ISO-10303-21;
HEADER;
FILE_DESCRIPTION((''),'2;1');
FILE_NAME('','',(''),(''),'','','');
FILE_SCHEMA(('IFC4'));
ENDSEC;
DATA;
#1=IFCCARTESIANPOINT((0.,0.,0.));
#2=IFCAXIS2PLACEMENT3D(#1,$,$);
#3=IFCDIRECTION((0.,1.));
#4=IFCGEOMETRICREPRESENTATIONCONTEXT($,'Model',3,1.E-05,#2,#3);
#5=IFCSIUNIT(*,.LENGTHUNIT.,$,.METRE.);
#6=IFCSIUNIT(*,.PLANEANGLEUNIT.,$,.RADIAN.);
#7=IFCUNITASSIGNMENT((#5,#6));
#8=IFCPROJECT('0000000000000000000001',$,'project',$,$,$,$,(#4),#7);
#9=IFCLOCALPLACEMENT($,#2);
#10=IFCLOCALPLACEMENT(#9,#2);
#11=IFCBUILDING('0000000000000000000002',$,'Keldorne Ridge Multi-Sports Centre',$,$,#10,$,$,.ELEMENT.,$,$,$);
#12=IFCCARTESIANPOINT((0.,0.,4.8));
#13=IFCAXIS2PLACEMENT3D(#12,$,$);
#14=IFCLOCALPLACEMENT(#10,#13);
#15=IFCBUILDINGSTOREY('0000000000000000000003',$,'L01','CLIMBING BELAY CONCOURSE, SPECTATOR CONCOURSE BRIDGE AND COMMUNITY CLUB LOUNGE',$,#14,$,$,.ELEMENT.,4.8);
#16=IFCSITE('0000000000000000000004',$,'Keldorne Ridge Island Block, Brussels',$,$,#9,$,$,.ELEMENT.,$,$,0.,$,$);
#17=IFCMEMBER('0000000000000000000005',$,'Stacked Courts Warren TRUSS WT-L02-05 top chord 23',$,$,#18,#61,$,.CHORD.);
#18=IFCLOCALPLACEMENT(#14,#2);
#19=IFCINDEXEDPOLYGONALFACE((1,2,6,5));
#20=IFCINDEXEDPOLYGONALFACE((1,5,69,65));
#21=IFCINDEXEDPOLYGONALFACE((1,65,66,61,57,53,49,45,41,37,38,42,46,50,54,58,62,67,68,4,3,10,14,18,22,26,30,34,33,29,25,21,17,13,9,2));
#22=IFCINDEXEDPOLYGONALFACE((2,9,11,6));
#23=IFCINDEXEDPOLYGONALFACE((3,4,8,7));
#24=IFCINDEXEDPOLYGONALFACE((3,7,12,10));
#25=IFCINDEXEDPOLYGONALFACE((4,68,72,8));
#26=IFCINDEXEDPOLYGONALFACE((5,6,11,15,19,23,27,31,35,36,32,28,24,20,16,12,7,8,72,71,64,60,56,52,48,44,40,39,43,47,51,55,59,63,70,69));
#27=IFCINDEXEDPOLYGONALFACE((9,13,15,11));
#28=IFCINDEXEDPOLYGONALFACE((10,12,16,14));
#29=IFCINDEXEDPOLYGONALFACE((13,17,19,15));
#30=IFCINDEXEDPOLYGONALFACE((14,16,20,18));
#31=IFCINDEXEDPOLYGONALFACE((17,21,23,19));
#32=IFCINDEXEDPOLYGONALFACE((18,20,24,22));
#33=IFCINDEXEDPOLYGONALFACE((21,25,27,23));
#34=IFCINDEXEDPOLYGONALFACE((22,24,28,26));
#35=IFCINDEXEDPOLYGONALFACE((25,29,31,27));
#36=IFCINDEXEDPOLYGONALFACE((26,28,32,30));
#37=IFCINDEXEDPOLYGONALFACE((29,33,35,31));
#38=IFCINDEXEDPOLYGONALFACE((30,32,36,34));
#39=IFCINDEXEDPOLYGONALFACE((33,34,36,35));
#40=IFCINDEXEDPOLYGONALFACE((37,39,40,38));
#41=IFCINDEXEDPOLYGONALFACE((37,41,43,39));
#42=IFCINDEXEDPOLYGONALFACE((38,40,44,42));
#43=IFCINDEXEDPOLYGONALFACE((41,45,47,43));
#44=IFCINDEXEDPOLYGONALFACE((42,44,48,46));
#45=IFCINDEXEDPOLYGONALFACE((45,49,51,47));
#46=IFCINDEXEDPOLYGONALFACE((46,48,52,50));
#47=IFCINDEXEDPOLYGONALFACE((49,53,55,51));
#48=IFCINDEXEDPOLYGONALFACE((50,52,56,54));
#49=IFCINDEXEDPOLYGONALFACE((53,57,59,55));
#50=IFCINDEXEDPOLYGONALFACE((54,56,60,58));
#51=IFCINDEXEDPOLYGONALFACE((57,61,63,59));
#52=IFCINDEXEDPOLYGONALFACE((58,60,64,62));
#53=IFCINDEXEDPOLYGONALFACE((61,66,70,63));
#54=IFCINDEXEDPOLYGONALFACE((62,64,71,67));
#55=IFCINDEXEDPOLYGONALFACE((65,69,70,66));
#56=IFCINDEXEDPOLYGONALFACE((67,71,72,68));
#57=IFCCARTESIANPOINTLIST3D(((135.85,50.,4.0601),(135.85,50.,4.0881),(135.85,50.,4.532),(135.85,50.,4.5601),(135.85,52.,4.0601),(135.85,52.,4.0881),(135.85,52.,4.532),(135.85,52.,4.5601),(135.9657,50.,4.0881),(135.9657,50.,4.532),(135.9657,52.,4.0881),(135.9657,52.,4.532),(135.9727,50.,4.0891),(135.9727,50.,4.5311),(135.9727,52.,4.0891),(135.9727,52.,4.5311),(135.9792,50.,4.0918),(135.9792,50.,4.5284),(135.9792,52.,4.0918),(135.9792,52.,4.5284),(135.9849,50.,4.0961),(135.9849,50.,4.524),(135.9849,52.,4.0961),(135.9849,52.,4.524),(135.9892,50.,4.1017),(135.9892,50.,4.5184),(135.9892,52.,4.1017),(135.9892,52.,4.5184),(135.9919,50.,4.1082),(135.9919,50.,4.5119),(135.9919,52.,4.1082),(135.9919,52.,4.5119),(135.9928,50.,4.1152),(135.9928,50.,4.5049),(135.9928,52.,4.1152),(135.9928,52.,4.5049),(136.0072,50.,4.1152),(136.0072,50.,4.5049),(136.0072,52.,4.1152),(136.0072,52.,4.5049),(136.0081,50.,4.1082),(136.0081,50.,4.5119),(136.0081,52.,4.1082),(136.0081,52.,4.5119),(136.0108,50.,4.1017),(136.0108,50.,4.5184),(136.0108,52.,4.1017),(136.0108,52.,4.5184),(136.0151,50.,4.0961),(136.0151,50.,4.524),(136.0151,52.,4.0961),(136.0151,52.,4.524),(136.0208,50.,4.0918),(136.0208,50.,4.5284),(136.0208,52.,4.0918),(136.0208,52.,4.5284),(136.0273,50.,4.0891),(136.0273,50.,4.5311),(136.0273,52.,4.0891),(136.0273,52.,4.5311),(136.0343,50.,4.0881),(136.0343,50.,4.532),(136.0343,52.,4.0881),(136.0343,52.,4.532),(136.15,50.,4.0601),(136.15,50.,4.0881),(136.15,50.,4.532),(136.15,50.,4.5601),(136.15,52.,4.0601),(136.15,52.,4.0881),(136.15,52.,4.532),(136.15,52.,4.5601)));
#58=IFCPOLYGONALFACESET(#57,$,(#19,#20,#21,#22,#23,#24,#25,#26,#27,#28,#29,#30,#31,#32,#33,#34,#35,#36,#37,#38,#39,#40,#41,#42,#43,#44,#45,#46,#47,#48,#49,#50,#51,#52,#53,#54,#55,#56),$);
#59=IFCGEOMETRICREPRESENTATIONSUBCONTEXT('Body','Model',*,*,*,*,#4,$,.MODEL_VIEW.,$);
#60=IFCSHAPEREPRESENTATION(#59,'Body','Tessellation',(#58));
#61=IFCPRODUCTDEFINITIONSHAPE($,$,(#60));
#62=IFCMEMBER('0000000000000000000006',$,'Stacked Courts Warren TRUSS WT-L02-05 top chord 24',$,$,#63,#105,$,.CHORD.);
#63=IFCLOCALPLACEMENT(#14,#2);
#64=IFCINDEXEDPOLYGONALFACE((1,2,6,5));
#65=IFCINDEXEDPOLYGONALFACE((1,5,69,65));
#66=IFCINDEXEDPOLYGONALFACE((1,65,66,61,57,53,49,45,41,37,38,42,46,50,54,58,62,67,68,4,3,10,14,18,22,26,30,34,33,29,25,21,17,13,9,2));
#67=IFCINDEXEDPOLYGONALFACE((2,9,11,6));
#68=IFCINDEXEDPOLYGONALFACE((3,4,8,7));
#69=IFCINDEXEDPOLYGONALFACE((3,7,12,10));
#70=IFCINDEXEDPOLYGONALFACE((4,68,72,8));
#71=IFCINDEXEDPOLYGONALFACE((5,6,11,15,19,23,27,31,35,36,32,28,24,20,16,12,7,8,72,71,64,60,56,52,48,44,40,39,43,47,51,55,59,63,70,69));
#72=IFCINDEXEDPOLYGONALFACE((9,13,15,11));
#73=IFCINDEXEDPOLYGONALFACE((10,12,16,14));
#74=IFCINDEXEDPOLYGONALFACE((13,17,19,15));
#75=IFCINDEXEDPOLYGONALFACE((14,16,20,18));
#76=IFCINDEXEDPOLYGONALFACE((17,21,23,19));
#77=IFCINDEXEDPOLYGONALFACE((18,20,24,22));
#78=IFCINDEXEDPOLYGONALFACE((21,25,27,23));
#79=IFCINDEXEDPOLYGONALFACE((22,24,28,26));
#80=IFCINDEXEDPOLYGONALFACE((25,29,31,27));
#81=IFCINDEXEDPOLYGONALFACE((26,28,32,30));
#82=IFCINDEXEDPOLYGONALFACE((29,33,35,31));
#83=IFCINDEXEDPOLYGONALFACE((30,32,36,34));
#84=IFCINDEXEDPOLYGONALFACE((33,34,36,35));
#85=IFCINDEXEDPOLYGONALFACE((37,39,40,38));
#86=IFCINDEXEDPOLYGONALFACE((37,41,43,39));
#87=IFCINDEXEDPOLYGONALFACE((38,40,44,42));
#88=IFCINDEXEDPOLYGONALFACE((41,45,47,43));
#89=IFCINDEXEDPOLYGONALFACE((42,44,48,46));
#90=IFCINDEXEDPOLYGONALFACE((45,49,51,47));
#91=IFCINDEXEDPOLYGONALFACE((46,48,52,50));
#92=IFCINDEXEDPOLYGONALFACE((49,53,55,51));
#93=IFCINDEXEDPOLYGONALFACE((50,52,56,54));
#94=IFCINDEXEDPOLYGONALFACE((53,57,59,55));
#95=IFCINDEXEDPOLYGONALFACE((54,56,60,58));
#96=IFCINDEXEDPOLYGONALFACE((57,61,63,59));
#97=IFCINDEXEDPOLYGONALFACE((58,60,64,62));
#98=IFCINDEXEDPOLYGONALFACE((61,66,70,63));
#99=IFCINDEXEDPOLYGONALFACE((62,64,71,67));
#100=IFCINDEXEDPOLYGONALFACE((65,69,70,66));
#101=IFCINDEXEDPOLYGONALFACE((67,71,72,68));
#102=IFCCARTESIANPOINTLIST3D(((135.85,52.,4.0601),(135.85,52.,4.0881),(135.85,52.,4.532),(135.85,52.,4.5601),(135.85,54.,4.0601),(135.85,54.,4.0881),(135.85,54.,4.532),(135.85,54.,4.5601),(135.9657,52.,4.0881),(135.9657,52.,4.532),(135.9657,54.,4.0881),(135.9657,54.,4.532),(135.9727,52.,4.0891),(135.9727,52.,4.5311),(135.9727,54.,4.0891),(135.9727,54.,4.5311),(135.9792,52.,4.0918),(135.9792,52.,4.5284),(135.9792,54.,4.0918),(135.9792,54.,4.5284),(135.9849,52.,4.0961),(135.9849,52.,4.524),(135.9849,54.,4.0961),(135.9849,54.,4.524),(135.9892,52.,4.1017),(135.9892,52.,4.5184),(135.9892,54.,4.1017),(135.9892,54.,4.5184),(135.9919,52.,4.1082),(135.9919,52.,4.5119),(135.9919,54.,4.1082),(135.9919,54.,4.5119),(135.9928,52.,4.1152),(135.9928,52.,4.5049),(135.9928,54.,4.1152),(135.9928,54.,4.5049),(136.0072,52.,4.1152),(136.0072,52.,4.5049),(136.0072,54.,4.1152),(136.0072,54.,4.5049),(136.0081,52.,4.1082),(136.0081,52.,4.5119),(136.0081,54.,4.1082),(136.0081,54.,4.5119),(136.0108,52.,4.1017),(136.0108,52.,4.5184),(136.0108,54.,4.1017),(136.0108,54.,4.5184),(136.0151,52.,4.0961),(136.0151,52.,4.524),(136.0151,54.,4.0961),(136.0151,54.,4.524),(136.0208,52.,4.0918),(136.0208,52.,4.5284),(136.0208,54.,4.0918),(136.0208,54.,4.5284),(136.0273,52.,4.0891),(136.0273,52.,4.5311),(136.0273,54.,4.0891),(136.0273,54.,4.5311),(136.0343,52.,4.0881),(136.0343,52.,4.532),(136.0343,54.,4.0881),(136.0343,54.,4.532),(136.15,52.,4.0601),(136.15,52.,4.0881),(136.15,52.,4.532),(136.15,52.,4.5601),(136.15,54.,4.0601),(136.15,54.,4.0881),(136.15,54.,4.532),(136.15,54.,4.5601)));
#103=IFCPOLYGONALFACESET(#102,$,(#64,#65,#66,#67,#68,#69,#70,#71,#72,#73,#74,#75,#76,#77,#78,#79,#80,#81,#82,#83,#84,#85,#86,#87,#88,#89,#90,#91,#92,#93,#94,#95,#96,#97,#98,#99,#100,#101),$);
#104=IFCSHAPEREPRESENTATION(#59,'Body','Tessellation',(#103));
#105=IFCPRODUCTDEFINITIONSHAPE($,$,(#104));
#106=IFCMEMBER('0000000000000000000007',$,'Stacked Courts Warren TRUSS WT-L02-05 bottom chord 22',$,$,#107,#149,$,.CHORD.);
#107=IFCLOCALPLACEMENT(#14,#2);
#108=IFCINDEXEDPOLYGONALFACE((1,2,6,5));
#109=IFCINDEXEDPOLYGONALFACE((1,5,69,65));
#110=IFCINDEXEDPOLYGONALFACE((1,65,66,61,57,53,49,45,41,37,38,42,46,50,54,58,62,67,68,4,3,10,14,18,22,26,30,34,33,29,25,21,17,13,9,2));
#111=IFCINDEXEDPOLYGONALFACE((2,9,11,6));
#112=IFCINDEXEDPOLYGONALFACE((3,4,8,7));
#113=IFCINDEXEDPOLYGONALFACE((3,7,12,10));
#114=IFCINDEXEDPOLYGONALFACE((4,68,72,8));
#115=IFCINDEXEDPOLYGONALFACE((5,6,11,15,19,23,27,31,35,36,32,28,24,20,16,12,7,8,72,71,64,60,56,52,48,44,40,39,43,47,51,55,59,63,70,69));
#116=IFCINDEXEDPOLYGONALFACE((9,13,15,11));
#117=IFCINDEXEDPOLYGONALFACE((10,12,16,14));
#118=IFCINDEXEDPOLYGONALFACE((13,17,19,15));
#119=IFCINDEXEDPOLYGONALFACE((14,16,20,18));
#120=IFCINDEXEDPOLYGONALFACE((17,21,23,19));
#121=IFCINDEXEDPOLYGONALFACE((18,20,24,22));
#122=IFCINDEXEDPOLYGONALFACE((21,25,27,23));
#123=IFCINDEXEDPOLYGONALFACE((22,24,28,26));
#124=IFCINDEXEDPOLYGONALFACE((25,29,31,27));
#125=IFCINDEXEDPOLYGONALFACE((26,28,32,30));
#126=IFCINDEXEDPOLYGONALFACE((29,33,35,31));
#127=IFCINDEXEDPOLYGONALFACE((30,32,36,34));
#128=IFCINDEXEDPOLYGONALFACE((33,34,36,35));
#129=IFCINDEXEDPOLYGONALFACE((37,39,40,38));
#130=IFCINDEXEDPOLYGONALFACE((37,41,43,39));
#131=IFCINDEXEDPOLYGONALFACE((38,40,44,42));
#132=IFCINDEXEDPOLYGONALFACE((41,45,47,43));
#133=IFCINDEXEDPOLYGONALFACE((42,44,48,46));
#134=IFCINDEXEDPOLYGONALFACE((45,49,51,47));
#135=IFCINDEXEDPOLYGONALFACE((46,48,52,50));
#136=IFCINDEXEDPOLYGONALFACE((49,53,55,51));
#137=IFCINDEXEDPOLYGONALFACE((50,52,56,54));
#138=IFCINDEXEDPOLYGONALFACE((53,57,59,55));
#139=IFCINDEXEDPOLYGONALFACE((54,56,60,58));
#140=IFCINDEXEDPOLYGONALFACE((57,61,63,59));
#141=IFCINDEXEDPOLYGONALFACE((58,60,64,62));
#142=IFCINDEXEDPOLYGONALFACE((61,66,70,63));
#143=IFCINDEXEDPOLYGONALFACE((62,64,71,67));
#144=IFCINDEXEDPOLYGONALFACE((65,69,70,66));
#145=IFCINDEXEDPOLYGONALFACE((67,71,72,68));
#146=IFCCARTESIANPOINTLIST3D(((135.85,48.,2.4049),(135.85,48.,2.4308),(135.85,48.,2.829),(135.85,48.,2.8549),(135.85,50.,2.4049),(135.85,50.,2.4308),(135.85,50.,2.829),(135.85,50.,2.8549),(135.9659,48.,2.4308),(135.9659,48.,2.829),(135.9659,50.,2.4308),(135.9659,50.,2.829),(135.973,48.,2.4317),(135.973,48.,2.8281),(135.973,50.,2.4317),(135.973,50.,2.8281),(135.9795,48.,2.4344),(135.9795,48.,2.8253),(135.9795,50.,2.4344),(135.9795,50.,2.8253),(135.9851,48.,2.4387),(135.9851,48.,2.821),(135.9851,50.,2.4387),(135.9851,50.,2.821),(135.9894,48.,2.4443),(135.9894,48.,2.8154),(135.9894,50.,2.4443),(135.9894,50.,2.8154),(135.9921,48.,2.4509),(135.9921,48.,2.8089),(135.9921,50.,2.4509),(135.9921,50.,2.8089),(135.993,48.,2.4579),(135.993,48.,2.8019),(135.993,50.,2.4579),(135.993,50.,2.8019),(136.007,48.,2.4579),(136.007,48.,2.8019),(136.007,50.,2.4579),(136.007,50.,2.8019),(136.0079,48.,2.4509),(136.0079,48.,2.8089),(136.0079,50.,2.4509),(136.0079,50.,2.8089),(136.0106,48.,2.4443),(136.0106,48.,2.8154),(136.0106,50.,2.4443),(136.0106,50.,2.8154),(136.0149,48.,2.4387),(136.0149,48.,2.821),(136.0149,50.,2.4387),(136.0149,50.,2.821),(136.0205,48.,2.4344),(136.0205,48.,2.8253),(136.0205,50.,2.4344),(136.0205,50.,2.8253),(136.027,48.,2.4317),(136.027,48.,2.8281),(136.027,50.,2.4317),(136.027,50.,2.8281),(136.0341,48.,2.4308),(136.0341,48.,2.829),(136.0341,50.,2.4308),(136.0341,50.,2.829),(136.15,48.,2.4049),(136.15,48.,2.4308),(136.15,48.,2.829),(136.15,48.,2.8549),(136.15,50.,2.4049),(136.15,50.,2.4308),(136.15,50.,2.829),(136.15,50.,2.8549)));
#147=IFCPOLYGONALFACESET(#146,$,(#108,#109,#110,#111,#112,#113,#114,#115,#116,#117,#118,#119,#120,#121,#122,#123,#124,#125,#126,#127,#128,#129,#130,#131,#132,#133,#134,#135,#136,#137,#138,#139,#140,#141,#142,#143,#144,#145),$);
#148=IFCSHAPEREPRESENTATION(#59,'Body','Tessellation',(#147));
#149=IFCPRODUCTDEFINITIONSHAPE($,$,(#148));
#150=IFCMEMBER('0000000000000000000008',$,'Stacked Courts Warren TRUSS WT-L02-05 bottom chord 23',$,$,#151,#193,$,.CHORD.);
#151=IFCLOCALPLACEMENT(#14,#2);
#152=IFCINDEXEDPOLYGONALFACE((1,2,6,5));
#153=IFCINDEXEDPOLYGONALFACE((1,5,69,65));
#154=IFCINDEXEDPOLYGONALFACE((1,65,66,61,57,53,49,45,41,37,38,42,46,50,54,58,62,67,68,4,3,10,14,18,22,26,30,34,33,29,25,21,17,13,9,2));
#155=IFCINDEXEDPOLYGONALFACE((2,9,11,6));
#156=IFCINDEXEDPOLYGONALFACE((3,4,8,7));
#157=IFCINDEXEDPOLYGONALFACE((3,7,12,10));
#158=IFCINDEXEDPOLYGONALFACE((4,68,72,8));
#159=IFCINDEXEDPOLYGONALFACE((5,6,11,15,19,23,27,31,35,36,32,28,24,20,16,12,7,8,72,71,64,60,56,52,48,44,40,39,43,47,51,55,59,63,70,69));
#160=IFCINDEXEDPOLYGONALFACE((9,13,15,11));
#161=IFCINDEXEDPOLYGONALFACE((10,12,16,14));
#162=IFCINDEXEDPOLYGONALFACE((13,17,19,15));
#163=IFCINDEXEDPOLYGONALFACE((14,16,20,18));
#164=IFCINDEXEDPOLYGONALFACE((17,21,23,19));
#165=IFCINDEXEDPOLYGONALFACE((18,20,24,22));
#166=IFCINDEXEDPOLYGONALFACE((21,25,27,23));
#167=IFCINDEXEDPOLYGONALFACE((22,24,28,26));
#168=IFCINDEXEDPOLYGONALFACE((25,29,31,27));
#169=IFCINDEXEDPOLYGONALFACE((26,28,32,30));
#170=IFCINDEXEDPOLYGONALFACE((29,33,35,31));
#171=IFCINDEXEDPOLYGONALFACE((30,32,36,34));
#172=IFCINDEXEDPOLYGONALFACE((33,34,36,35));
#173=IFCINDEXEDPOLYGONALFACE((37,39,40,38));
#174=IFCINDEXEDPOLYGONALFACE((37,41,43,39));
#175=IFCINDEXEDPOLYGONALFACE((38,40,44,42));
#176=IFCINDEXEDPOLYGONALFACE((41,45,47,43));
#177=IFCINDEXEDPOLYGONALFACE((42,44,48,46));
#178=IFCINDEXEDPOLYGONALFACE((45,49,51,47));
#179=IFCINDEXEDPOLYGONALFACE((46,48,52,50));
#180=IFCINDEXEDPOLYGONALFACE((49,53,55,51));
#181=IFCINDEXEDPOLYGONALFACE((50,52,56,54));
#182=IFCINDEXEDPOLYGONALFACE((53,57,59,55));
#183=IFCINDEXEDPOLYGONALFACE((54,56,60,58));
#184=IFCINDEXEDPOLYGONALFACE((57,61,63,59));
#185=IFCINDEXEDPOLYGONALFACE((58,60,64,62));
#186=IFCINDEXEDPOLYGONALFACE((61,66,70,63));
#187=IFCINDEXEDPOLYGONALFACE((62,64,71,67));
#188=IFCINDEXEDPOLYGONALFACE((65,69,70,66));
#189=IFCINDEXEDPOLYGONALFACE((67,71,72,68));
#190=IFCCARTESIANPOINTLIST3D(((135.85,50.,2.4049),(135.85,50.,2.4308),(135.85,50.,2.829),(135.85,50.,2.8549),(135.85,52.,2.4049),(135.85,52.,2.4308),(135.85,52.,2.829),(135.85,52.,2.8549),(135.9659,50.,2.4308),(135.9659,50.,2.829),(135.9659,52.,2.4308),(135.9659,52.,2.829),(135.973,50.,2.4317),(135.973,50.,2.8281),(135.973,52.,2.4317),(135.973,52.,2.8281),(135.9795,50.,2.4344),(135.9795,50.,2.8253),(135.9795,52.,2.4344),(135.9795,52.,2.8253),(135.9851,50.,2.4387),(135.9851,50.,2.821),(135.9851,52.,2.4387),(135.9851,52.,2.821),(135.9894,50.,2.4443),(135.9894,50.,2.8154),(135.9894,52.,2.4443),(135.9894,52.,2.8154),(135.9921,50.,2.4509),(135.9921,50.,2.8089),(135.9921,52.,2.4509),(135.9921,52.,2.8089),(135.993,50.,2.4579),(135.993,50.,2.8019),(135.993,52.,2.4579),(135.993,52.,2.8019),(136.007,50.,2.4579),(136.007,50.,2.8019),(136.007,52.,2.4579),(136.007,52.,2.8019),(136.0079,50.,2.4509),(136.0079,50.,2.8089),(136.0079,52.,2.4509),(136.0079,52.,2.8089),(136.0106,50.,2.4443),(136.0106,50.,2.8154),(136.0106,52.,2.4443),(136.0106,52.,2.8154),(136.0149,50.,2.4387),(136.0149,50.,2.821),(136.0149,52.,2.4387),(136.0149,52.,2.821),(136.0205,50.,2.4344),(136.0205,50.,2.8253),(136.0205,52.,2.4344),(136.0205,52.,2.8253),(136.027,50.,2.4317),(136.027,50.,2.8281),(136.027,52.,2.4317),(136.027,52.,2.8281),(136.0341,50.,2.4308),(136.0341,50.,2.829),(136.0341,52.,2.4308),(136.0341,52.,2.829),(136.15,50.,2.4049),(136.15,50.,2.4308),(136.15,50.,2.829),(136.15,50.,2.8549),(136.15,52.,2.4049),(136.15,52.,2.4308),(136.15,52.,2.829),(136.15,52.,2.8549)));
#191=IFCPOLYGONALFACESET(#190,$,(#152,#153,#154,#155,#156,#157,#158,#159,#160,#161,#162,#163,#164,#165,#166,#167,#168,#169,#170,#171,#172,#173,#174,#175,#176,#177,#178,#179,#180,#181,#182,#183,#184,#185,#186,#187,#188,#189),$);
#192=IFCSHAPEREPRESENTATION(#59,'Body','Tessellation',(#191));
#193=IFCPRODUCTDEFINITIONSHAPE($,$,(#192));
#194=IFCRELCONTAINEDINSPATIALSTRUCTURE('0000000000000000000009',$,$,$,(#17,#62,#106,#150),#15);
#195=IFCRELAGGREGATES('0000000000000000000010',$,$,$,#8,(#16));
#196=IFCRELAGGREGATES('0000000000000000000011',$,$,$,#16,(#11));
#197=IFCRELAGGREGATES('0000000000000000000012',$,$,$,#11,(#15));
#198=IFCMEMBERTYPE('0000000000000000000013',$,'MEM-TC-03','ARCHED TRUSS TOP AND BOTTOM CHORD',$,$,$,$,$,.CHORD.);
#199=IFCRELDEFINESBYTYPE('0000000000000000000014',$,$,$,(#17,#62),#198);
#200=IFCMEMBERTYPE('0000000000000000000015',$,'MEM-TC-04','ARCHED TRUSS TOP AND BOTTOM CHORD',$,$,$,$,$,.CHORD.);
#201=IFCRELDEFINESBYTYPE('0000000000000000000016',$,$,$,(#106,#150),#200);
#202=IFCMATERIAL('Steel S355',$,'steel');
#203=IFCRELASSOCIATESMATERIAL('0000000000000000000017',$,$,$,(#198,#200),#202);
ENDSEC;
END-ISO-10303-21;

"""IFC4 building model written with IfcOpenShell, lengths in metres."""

from ifc_helpers import new_model, si_unit, direction, frame, origin, origin_2d, place, context, subcontext, project, spatial, i_section, extrude, material, material_profile, profile_set, type_object, element, save


model = new_model("IFC4")

# Units and contexts
model_context = context("Model", 3, precision=1e-05, world=origin(), true_north=direction((0.0, 1.0)))
body_context = subcontext(model_context, "Body", "Model", "MODEL_VIEW")
ifc_project = project(units=[si_unit("LENGTHUNIT", "METRE"), si_unit("PLANEANGLEUNIT", "RADIAN")], contexts=[model_context])

# Site, building, storey
site_placement = place(None, origin())
site = spatial("IfcSite", under=ifc_project, at=site_placement, Name="Keldorne Ridge Island Block, Brussels", CompositionType="ELEMENT", RefElevation=0.0)
building_placement = place(site_placement, origin())
building = spatial("IfcBuilding", under=site, at=building_placement, Name="Keldorne Ridge Multi-Sports Centre", CompositionType="ELEMENT")
storey_placement = place(building_placement, frame((0.0, 0.0, 4.8)))
storey = spatial("IfcBuildingStorey", under=building, at=storey_placement, Name="L01", Description="CLIMBING BELAY CONCOURSE, SPECTATOR CONCOURSE BRIDGE AND COMMUNITY CLUB LOUNGE", CompositionType="ELEMENT", Elevation=4.8)

# Shared definitions
ifc_material_1 = material(Name="Steel S355", Category="steel")

# Members
ifc_material_profile_1 = material_profile(ifc_material_1, i_section(OverallWidth=0.3, OverallDepth=0.5, WebThickness=0.0144, FlangeThickness=0.0281, FilletRadius=0.0271, at=origin_2d()), Name="HEB 500")
ifc_profile_set_1 = profile_set([ifc_material_profile_1], Name="Steel S355")
member_type_1 = type_object("IfcMemberType", Name="MEM-TC-03", Description="ARCHED TRUSS TOP AND BOTTOM CHORD", PredefinedType="CHORD", material=ifc_profile_set_1)
for number, where, z_axis, x_axis, name in (
    (1, (136.0, 50.0, 4.3101), (0.0, 1.0, 0.0), (-1.0, 0.0, 0.0), "Stacked Courts Warren TRUSS WT-L02-05 top chord 23"),
    (2, (136.0, 52.0, 4.3101), (0.0, 1.0, 0.0), (-1.0, 0.0, 0.0), "Stacked Courts Warren TRUSS WT-L02-05 top chord 24"),
):
    element("IfcMember", number, at=place(storey_placement, frame(where, z_axis=z_axis, x_axis=x_axis)), inside=storey, type_object=member_type_1, Name=name, PredefinedType="CHORD", context=body_context, shape_type="SweptSolid", body=[
        extrude(i_section(OverallWidth=0.3, OverallDepth=0.5, WebThickness=0.0144, FlangeThickness=0.0281, FilletRadius=0.0271, at=origin_2d()), origin(), (0.0, 0.0, 1.0), 2.0),
    ])
ifc_material_profile_2 = material_profile(ifc_material_1, i_section(OverallWidth=0.3, OverallDepth=0.45, WebThickness=0.0139, FlangeThickness=0.0259, FilletRadius=0.0271, at=origin_2d()), Name="HEB 450")
ifc_profile_set_2 = profile_set([ifc_material_profile_2], Name="Steel S355")
member_type_2 = type_object("IfcMemberType", Name="MEM-TC-04", Description="ARCHED TRUSS TOP AND BOTTOM CHORD", PredefinedType="CHORD", material=ifc_profile_set_2)
for number, where, z_axis, x_axis, name in (
    (3, (136.0, 48.0, 2.6299), (0.0, 1.0, 0.0), (-1.0, 0.0, 0.0), "Stacked Courts Warren TRUSS WT-L02-05 bottom chord 22"),
    (4, (136.0, 50.0, 2.6299), (0.0, 1.0, 0.0), (-1.0, 0.0, 0.0), "Stacked Courts Warren TRUSS WT-L02-05 bottom chord 23"),
):
    element("IfcMember", number, at=place(storey_placement, frame(where, z_axis=z_axis, x_axis=x_axis)), inside=storey, type_object=member_type_2, Name=name, PredefinedType="CHORD", context=body_context, shape_type="SweptSolid", body=[
        extrude(i_section(OverallWidth=0.3, OverallDepth=0.45, WebThickness=0.0139, FlangeThickness=0.0259, FilletRadius=0.0271, at=origin_2d()), origin(), (0.0, 0.0, 1.0), 2.0),
    ])

save(model, "model.ifc")
